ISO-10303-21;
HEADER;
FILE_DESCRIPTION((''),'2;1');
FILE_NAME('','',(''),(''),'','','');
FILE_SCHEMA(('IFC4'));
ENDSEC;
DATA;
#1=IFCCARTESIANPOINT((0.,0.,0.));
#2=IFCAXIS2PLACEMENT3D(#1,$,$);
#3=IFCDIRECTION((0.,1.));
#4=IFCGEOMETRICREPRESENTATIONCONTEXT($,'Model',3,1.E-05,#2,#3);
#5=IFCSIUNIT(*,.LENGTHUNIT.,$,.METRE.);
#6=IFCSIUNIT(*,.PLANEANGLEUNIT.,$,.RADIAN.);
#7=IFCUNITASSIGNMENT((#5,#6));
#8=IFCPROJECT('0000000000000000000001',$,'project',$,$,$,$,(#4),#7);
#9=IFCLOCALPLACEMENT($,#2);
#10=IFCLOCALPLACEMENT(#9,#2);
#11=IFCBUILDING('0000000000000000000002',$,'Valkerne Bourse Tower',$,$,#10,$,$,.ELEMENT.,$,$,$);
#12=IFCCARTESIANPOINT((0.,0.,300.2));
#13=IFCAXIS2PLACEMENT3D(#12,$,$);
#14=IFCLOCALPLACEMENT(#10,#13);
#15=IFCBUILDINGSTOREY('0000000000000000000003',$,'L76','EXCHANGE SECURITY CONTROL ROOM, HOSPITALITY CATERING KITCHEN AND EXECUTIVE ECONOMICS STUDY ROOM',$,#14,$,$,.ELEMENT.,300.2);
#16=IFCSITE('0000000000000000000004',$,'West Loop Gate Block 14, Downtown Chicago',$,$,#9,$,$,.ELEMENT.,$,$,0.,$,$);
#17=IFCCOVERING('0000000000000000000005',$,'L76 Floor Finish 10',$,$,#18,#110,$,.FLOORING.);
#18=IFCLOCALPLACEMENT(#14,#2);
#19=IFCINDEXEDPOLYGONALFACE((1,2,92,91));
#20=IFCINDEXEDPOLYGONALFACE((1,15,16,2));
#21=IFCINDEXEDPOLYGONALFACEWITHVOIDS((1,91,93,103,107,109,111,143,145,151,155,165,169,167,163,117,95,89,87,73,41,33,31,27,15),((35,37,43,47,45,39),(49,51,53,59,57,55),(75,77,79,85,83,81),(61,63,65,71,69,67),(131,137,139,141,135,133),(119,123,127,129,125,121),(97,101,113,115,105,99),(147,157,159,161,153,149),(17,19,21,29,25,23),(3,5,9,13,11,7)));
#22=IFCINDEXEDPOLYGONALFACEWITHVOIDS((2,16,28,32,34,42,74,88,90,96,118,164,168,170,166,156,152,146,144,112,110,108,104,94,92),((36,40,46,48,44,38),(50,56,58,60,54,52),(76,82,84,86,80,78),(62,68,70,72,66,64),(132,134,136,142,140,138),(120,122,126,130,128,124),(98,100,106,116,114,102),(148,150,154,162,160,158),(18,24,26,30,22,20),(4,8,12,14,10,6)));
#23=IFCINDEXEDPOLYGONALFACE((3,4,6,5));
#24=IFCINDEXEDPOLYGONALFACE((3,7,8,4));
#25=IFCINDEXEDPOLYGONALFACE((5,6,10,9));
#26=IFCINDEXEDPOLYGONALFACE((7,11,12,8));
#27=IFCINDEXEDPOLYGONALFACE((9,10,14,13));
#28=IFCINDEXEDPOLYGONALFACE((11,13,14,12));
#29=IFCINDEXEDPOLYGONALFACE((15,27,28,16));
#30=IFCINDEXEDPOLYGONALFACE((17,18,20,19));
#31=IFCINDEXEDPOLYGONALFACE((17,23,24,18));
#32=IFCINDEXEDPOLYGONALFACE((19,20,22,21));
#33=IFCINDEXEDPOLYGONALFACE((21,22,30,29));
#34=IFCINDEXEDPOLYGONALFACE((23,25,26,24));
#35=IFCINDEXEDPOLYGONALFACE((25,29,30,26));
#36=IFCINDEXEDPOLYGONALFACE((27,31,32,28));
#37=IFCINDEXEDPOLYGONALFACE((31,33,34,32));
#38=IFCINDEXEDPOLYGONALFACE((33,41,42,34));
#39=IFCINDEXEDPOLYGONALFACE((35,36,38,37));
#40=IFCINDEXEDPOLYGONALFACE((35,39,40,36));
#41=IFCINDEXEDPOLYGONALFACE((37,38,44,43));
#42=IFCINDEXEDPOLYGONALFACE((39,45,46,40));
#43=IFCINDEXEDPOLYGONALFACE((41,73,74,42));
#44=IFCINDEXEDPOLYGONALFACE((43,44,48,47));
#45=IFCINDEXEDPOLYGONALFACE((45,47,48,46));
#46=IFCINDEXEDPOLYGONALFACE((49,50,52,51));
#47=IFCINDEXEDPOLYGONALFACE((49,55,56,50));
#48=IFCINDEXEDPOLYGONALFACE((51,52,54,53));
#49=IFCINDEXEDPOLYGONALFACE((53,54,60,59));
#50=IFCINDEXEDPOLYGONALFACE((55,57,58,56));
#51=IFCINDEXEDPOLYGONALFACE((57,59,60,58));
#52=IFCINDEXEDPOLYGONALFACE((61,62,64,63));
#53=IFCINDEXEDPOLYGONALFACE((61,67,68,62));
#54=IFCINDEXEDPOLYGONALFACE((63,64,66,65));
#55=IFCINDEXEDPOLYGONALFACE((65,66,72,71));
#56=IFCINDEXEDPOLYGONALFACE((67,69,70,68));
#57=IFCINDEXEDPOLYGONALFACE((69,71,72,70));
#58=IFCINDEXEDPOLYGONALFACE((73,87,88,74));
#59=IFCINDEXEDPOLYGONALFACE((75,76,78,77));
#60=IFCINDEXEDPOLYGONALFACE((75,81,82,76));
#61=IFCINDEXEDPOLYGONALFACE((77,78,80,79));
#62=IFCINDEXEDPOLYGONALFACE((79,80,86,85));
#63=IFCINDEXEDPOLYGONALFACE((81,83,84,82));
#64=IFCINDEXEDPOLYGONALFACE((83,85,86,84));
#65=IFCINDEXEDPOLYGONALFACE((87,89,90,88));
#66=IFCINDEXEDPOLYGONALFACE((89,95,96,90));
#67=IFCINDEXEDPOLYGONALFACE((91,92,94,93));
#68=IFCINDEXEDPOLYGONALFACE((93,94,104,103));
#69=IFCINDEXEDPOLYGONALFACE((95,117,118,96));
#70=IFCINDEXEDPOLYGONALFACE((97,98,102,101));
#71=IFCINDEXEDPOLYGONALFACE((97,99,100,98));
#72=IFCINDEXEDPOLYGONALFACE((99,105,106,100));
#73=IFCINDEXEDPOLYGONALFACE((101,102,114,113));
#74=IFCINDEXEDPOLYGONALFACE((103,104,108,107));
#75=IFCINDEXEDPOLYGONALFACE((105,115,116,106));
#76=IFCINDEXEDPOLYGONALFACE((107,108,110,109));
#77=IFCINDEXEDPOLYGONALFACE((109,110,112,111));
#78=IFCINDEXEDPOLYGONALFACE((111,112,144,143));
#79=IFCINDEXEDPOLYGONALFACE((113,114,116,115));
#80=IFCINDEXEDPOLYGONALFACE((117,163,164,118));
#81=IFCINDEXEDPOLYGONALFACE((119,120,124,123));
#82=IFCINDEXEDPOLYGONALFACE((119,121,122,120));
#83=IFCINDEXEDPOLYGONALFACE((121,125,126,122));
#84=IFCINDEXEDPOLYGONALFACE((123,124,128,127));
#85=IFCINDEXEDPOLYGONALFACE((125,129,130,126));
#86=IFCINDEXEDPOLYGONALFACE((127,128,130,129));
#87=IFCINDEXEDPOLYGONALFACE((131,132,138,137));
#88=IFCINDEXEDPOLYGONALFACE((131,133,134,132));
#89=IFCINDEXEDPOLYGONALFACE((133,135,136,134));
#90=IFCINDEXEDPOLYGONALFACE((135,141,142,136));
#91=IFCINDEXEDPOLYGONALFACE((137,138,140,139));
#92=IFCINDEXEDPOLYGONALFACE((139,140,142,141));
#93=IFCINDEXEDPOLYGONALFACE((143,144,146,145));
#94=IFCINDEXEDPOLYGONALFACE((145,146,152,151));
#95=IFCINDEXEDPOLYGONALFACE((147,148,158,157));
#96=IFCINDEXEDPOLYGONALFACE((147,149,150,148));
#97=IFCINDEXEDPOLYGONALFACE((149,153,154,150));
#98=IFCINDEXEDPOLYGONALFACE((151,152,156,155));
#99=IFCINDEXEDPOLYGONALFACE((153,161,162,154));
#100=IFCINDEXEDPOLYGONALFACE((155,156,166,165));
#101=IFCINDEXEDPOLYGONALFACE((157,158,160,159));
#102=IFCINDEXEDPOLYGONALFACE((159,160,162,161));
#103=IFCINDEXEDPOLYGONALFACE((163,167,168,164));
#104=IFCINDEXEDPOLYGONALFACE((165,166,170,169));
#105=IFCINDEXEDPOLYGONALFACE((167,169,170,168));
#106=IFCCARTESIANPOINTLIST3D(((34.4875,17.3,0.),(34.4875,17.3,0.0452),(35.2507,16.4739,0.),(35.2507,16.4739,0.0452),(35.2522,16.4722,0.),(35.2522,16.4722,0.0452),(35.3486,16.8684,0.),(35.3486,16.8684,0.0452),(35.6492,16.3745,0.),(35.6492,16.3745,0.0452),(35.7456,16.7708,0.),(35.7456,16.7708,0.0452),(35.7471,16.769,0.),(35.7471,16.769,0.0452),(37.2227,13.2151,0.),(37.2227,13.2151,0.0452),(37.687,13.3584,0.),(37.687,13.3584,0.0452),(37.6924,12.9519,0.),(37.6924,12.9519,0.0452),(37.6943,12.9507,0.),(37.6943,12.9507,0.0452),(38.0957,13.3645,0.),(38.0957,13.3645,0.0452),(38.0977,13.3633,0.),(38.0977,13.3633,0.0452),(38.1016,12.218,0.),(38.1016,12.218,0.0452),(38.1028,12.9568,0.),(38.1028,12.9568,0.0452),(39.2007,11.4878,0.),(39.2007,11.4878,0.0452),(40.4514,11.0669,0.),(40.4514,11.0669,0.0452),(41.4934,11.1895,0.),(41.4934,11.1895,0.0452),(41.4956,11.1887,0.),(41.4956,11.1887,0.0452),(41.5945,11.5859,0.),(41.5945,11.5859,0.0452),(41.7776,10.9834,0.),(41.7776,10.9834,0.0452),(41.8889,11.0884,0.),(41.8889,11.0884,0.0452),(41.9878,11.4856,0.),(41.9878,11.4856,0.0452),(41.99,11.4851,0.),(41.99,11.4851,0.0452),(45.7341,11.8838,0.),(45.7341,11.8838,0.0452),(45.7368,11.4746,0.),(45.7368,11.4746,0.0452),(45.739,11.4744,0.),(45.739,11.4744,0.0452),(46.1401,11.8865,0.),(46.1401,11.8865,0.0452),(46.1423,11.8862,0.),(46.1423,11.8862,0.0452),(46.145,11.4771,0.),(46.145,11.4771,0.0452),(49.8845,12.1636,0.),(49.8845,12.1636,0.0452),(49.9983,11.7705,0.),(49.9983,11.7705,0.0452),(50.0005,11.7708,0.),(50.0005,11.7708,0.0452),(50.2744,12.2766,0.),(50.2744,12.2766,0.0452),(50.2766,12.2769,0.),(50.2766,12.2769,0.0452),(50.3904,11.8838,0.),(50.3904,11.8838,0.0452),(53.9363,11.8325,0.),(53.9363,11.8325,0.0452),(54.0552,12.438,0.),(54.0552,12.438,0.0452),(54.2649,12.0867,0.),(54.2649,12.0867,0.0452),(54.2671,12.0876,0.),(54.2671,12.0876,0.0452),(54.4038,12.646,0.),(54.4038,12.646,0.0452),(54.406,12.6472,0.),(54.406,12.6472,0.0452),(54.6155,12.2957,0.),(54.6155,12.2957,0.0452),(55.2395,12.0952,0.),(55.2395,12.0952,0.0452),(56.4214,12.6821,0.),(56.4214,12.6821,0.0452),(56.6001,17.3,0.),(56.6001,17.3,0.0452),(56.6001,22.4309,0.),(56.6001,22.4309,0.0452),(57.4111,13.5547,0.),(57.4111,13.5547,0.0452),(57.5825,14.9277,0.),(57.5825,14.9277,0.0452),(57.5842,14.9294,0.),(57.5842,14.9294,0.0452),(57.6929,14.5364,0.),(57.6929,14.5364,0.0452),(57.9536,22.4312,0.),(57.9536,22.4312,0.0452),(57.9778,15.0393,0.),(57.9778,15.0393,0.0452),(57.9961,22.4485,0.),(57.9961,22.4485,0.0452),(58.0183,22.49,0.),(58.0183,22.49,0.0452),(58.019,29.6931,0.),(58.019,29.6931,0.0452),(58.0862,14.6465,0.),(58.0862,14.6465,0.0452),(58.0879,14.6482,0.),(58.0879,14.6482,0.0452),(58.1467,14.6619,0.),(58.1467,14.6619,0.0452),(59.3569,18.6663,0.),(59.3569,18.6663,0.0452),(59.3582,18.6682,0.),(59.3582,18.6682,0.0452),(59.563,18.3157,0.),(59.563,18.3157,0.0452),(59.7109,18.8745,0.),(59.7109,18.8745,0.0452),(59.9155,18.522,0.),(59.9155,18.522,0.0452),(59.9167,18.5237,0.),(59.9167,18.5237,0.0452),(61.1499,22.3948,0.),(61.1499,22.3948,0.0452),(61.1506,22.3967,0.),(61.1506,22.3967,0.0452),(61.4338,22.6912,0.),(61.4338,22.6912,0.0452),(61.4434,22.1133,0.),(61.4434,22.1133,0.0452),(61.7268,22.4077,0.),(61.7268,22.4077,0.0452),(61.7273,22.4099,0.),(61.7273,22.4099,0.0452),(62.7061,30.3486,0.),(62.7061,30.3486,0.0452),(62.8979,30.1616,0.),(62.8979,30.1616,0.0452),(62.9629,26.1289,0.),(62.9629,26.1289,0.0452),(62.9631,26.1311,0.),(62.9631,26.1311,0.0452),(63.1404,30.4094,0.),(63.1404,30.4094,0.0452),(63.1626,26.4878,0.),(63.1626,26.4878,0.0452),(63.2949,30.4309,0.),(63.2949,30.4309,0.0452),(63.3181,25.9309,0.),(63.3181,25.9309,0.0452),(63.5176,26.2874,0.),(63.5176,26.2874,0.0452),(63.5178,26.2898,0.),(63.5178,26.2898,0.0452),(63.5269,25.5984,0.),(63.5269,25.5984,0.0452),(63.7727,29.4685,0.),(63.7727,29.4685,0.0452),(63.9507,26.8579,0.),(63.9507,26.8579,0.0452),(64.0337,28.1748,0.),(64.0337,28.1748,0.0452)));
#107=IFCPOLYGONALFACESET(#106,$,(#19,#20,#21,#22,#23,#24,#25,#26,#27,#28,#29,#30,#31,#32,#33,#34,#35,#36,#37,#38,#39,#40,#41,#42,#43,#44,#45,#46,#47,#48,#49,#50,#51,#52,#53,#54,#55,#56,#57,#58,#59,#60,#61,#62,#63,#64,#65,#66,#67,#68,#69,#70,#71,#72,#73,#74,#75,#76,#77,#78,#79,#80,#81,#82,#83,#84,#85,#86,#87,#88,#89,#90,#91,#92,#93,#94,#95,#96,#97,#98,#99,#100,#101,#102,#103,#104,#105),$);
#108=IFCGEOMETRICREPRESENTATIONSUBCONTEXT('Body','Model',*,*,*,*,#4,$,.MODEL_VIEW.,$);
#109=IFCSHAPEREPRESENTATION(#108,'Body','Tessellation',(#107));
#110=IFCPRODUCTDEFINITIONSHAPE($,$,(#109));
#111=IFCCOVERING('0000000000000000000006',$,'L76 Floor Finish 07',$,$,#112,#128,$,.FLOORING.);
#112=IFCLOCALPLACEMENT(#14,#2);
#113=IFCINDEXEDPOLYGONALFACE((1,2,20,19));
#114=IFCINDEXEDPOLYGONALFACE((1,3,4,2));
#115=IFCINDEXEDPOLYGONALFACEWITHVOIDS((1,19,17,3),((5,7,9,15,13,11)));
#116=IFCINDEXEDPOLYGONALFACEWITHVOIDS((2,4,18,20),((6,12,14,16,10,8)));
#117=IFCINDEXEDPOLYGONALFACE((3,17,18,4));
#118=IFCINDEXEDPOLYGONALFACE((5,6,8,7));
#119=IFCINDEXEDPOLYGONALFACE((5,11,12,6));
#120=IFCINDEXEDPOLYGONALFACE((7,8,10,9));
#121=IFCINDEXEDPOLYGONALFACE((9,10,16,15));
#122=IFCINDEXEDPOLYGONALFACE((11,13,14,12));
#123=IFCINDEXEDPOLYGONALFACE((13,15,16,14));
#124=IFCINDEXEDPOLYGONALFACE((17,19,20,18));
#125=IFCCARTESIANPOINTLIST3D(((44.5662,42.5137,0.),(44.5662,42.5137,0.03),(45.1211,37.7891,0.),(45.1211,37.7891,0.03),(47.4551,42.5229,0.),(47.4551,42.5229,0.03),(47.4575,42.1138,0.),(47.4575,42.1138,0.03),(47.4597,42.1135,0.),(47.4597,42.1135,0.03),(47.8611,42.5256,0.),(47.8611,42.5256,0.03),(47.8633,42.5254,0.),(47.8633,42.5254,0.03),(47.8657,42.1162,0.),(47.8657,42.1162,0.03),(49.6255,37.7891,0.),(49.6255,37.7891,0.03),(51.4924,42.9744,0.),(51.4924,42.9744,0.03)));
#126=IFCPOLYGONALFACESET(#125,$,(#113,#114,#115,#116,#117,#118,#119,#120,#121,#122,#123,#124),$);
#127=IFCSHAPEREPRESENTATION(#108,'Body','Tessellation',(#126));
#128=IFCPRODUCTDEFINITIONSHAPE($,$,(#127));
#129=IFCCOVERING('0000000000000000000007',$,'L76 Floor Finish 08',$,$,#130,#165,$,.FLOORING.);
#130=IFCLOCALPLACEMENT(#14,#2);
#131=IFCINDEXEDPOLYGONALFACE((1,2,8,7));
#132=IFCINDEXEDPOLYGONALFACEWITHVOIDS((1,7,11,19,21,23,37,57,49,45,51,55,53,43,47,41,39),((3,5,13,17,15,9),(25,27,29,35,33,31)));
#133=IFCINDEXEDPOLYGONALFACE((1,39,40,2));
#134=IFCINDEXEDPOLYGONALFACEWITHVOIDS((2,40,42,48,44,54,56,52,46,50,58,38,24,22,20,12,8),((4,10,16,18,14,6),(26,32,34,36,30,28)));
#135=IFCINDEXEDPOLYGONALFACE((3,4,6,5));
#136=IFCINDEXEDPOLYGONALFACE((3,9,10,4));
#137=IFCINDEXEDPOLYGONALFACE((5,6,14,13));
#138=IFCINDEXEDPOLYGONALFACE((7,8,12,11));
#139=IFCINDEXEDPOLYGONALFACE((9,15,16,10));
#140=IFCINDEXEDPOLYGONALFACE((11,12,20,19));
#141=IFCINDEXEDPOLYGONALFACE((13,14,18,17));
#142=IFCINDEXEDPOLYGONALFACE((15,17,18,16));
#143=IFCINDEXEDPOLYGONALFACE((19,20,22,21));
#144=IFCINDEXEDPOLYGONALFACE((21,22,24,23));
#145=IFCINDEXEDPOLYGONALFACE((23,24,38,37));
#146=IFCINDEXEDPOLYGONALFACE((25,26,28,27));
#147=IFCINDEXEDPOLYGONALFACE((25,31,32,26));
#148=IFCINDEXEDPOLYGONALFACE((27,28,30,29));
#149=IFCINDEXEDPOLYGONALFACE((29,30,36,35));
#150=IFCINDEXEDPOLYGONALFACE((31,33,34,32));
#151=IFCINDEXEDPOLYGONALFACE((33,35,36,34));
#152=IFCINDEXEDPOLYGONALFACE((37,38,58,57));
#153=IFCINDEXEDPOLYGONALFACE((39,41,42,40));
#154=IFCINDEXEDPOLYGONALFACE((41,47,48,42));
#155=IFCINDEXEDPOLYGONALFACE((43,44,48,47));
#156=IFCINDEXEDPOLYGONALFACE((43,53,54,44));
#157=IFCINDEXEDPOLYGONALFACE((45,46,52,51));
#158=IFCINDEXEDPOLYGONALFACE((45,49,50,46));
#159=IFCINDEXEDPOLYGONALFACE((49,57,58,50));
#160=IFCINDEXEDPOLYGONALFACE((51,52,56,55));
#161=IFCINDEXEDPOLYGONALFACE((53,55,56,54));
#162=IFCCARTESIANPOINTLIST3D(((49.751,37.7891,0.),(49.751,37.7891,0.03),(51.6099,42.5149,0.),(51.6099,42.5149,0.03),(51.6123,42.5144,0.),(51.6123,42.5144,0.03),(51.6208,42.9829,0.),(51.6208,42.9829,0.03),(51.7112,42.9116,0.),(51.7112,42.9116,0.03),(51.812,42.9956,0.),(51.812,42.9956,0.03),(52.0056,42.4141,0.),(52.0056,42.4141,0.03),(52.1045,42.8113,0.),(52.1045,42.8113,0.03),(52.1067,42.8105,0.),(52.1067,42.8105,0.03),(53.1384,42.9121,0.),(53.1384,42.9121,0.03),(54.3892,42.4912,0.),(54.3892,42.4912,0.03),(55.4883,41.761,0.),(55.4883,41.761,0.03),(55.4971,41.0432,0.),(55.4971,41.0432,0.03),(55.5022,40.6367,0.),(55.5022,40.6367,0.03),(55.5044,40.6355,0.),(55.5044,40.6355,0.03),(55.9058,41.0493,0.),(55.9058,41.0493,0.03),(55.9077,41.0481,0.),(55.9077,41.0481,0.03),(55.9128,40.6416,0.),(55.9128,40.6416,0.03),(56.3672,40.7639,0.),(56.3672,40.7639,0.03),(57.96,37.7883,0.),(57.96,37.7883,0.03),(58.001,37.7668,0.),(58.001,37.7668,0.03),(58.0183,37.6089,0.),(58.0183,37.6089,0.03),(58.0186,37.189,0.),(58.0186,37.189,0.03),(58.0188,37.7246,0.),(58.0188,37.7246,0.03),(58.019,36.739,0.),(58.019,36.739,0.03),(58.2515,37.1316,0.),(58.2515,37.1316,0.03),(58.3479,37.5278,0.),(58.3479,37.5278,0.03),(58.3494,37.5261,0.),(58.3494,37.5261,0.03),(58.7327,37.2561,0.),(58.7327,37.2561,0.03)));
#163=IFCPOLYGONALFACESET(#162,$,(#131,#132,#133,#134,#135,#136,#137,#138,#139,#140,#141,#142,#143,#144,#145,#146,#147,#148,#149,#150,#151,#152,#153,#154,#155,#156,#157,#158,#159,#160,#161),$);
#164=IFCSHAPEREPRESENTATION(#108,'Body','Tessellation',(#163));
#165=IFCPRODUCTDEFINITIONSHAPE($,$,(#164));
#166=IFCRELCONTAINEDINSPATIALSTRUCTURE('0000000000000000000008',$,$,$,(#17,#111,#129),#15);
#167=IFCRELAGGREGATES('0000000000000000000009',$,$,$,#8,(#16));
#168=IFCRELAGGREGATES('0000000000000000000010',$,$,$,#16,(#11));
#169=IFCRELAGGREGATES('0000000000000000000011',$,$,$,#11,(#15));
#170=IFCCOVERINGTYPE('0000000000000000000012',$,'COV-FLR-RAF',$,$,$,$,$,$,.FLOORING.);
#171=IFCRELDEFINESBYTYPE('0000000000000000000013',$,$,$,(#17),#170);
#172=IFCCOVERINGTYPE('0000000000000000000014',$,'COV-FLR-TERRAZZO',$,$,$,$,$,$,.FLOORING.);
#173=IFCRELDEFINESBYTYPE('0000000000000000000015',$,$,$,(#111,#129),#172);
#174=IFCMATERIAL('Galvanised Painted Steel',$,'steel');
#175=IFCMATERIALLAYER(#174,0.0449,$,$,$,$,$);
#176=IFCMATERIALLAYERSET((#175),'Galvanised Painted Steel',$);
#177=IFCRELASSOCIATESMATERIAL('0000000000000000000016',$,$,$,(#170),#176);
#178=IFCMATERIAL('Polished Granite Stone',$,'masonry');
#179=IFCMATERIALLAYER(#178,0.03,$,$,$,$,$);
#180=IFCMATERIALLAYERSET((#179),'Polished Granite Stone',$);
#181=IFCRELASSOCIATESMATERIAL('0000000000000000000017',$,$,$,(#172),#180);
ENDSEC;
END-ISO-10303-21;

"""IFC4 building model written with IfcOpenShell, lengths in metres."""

from ifc_helpers import new_model, si_unit, direction, frame, origin, place, context, subcontext, project, spatial, polyline, outline, extrude, material, layer, layer_set, type_object, element, save


model = new_model("IFC4")

# Units and contexts
model_context = context("Model", 3, precision=1e-05, world=origin(), true_north=direction((0.0, 1.0)))
body_context = subcontext(model_context, "Body", "Model", "MODEL_VIEW")
ifc_project = project(units=[si_unit("LENGTHUNIT", "METRE"), si_unit("PLANEANGLEUNIT", "RADIAN")], contexts=[model_context])

# Site, building, storey
site_placement = place(None, origin())
site = spatial("IfcSite", under=ifc_project, at=site_placement, Name="West Loop Gate Block 14, Downtown Chicago", CompositionType="ELEMENT", RefElevation=0.0)
building_placement = place(site_placement, origin())
building = spatial("IfcBuilding", under=site, at=building_placement, Name="Valkerne Bourse Tower", CompositionType="ELEMENT")
storey_placement = place(building_placement, frame((0.0, 0.0, 300.2)))
storey = spatial("IfcBuildingStorey", under=building, at=storey_placement, Name="L76", Description="EXCHANGE SECURITY CONTROL ROOM, HOSPITALITY CATERING KITCHEN AND EXECUTIVE ECONOMICS STUDY ROOM", CompositionType="ELEMENT", Elevation=300.2)

# Coverings
ifc_material_1 = material(Name="Galvanised Painted Steel", Category="steel")
ifc_layer_1 = layer(ifc_material_1, 0.0449)
ifc_layer_set_1 = layer_set([ifc_layer_1], Name="Galvanised Painted Steel")
covering_type_1 = type_object("IfcCoveringType", Name="COV-FLR-RAF", PredefinedType="FLOORING", material=ifc_layer_set_1)
covering_1_placement = place(storey_placement, origin())
element("IfcCovering", 1, at=covering_1_placement, inside=storey, type_object=covering_type_1, Name="L76 Floor Finish 10", PredefinedType="FLOORING", context=body_context, shape_type="SweptSolid", body=[
    extrude(outline(polyline([(63.9507, 26.8579), (63.5269, 25.5984), (58.1467, 14.6619), (57.4111, 13.5547), (56.4214, 12.6821), (55.2395, 12.0952), (53.9363, 11.8325), (41.7776, 10.9834), (40.4514, 11.0669), (39.2007, 11.4878), (38.1016, 12.218), (37.2227, 13.2151), (34.4875, 17.3), (56.6001, 17.3), (56.6001, 22.4309), (57.9536, 22.4312), (57.9961, 22.4485), (58.0183, 22.49), (58.019, 29.6931), (62.7061, 30.3486), (62.8979, 30.1616), (63.1404, 30.4094), (63.2949, 30.4309), (63.7727, 29.4685), (64.0337, 28.1748), (63.9507, 26.8579)]), holes=[polyline([(41.9878, 11.4856), (41.5945, 11.5859), (41.4934, 11.1895), (41.4956, 11.1887), (41.8889, 11.0884), (41.99, 11.4851), (41.9878, 11.4856)]), polyline([(46.1423, 11.8862), (46.1401, 11.8865), (45.7341, 11.8838), (45.7368, 11.4746), (45.739, 11.4744), (46.145, 11.4771), (46.1423, 11.8862)]), polyline([(38.0977, 13.3633), (38.0957, 13.3645), (37.687, 13.3584), (37.6924, 12.9519), (37.6943, 12.9507), (38.1028, 12.9568), (38.0977, 13.3633)]), polyline([(35.7456, 16.7708), (35.3486, 16.8684), (35.2507, 16.4739), (35.2522, 16.4722), (35.6492, 16.3745), (35.7471, 16.769), (35.7456, 16.7708)]), polyline([(50.3904, 11.8838), (50.2766, 12.2769), (50.2744, 12.2766), (49.8845, 12.1636), (49.9983, 11.7705), (50.0005, 11.7708), (50.3904, 11.8838)]), polyline([(54.6155, 12.2957), (54.406, 12.6472), (54.4038, 12.646), (54.0552, 12.438), (54.2649, 12.0867), (54.2671, 12.0876), (54.6155, 12.2957)]), polyline([(58.0879, 14.6482), (57.9778, 15.0393), (57.5842, 14.9294), (57.5825, 14.9277), (57.6929, 14.5364), (58.0862, 14.6465), (58.0879, 14.6482)]), polyline([(59.9167, 18.5237), (59.7109, 18.8745), (59.3582, 18.6682), (59.3569, 18.6663), (59.563, 18.3157), (59.9155, 18.522), (59.9167, 18.5237)]), polyline([(61.7273, 22.4099), (61.4338, 22.6912), (61.1506, 22.3967), (61.1499, 22.3948), (61.4434, 22.1133), (61.7268, 22.4077), (61.7273, 22.4099)]), polyline([(63.5176, 26.2874), (63.5178, 26.2898), (63.1626, 26.4878), (62.9631, 26.1311), (62.9629, 26.1289), (63.3181, 25.9309), (63.5176, 26.2874)])]), origin(), (0.0, 0.0, 1.0), 0.0452),
])
ifc_material_2 = material(Name="Polished Granite Stone", Category="masonry")
ifc_layer_2 = layer(ifc_material_2, 0.03)
ifc_layer_set_2 = layer_set([ifc_layer_2], Name="Polished Granite Stone")
covering_type_2 = type_object("IfcCoveringType", Name="COV-FLR-TERRAZZO", PredefinedType="FLOORING", material=ifc_layer_set_2)
covering_2_placement = place(storey_placement, origin())
element("IfcCovering", 2, at=covering_2_placement, inside=storey, type_object=covering_type_2, Name="L76 Floor Finish 07", PredefinedType="FLOORING", context=body_context, shape_type="SweptSolid", body=[
    extrude(outline(polyline([(45.1211, 37.7891), (44.5662, 42.5137), (51.4924, 42.9744), (49.6255, 37.7891), (45.1211, 37.7891)]), holes=[polyline([(47.8633, 42.5254), (47.8611, 42.5256), (47.4551, 42.5229), (47.4575, 42.1138), (47.4597, 42.1135), (47.8657, 42.1162), (47.8633, 42.5254)])]), origin(), (0.0, 0.0, 1.0), 0.03),
])
covering_3_placement = place(storey_placement, origin())
element("IfcCovering", 3, at=covering_3_placement, inside=storey, type_object=covering_type_2, Name="L76 Floor Finish 08", PredefinedType="FLOORING", context=body_context, shape_type="SweptSolid", body=[
    extrude(outline(polyline([(54.3892, 42.4912), (55.4883, 41.761), (56.3672, 40.7639), (58.7327, 37.2561), (58.019, 36.739), (58.0186, 37.189), (58.2515, 37.1316), (58.3494, 37.5261), (58.3479, 37.5278), (58.0183, 37.6089), (58.0188, 37.7246), (58.001, 37.7668), (57.96, 37.7883), (49.751, 37.7891), (51.6208, 42.9829), (51.812, 42.9956), (53.1384, 42.9121), (54.3892, 42.4912)]), holes=[polyline([(55.9077, 41.0481), (55.9058, 41.0493), (55.4971, 41.0432), (55.5022, 40.6367), (55.5044, 40.6355), (55.9128, 40.6416), (55.9077, 41.0481)]), polyline([(52.1067, 42.8105), (52.1045, 42.8113), (51.7112, 42.9116), (51.6099, 42.5149), (51.6123, 42.5144), (52.0056, 42.4141), (52.1067, 42.8105)])]), origin(), (0.0, 0.0, 1.0), 0.03),
])

save(model, "model.ifc")
